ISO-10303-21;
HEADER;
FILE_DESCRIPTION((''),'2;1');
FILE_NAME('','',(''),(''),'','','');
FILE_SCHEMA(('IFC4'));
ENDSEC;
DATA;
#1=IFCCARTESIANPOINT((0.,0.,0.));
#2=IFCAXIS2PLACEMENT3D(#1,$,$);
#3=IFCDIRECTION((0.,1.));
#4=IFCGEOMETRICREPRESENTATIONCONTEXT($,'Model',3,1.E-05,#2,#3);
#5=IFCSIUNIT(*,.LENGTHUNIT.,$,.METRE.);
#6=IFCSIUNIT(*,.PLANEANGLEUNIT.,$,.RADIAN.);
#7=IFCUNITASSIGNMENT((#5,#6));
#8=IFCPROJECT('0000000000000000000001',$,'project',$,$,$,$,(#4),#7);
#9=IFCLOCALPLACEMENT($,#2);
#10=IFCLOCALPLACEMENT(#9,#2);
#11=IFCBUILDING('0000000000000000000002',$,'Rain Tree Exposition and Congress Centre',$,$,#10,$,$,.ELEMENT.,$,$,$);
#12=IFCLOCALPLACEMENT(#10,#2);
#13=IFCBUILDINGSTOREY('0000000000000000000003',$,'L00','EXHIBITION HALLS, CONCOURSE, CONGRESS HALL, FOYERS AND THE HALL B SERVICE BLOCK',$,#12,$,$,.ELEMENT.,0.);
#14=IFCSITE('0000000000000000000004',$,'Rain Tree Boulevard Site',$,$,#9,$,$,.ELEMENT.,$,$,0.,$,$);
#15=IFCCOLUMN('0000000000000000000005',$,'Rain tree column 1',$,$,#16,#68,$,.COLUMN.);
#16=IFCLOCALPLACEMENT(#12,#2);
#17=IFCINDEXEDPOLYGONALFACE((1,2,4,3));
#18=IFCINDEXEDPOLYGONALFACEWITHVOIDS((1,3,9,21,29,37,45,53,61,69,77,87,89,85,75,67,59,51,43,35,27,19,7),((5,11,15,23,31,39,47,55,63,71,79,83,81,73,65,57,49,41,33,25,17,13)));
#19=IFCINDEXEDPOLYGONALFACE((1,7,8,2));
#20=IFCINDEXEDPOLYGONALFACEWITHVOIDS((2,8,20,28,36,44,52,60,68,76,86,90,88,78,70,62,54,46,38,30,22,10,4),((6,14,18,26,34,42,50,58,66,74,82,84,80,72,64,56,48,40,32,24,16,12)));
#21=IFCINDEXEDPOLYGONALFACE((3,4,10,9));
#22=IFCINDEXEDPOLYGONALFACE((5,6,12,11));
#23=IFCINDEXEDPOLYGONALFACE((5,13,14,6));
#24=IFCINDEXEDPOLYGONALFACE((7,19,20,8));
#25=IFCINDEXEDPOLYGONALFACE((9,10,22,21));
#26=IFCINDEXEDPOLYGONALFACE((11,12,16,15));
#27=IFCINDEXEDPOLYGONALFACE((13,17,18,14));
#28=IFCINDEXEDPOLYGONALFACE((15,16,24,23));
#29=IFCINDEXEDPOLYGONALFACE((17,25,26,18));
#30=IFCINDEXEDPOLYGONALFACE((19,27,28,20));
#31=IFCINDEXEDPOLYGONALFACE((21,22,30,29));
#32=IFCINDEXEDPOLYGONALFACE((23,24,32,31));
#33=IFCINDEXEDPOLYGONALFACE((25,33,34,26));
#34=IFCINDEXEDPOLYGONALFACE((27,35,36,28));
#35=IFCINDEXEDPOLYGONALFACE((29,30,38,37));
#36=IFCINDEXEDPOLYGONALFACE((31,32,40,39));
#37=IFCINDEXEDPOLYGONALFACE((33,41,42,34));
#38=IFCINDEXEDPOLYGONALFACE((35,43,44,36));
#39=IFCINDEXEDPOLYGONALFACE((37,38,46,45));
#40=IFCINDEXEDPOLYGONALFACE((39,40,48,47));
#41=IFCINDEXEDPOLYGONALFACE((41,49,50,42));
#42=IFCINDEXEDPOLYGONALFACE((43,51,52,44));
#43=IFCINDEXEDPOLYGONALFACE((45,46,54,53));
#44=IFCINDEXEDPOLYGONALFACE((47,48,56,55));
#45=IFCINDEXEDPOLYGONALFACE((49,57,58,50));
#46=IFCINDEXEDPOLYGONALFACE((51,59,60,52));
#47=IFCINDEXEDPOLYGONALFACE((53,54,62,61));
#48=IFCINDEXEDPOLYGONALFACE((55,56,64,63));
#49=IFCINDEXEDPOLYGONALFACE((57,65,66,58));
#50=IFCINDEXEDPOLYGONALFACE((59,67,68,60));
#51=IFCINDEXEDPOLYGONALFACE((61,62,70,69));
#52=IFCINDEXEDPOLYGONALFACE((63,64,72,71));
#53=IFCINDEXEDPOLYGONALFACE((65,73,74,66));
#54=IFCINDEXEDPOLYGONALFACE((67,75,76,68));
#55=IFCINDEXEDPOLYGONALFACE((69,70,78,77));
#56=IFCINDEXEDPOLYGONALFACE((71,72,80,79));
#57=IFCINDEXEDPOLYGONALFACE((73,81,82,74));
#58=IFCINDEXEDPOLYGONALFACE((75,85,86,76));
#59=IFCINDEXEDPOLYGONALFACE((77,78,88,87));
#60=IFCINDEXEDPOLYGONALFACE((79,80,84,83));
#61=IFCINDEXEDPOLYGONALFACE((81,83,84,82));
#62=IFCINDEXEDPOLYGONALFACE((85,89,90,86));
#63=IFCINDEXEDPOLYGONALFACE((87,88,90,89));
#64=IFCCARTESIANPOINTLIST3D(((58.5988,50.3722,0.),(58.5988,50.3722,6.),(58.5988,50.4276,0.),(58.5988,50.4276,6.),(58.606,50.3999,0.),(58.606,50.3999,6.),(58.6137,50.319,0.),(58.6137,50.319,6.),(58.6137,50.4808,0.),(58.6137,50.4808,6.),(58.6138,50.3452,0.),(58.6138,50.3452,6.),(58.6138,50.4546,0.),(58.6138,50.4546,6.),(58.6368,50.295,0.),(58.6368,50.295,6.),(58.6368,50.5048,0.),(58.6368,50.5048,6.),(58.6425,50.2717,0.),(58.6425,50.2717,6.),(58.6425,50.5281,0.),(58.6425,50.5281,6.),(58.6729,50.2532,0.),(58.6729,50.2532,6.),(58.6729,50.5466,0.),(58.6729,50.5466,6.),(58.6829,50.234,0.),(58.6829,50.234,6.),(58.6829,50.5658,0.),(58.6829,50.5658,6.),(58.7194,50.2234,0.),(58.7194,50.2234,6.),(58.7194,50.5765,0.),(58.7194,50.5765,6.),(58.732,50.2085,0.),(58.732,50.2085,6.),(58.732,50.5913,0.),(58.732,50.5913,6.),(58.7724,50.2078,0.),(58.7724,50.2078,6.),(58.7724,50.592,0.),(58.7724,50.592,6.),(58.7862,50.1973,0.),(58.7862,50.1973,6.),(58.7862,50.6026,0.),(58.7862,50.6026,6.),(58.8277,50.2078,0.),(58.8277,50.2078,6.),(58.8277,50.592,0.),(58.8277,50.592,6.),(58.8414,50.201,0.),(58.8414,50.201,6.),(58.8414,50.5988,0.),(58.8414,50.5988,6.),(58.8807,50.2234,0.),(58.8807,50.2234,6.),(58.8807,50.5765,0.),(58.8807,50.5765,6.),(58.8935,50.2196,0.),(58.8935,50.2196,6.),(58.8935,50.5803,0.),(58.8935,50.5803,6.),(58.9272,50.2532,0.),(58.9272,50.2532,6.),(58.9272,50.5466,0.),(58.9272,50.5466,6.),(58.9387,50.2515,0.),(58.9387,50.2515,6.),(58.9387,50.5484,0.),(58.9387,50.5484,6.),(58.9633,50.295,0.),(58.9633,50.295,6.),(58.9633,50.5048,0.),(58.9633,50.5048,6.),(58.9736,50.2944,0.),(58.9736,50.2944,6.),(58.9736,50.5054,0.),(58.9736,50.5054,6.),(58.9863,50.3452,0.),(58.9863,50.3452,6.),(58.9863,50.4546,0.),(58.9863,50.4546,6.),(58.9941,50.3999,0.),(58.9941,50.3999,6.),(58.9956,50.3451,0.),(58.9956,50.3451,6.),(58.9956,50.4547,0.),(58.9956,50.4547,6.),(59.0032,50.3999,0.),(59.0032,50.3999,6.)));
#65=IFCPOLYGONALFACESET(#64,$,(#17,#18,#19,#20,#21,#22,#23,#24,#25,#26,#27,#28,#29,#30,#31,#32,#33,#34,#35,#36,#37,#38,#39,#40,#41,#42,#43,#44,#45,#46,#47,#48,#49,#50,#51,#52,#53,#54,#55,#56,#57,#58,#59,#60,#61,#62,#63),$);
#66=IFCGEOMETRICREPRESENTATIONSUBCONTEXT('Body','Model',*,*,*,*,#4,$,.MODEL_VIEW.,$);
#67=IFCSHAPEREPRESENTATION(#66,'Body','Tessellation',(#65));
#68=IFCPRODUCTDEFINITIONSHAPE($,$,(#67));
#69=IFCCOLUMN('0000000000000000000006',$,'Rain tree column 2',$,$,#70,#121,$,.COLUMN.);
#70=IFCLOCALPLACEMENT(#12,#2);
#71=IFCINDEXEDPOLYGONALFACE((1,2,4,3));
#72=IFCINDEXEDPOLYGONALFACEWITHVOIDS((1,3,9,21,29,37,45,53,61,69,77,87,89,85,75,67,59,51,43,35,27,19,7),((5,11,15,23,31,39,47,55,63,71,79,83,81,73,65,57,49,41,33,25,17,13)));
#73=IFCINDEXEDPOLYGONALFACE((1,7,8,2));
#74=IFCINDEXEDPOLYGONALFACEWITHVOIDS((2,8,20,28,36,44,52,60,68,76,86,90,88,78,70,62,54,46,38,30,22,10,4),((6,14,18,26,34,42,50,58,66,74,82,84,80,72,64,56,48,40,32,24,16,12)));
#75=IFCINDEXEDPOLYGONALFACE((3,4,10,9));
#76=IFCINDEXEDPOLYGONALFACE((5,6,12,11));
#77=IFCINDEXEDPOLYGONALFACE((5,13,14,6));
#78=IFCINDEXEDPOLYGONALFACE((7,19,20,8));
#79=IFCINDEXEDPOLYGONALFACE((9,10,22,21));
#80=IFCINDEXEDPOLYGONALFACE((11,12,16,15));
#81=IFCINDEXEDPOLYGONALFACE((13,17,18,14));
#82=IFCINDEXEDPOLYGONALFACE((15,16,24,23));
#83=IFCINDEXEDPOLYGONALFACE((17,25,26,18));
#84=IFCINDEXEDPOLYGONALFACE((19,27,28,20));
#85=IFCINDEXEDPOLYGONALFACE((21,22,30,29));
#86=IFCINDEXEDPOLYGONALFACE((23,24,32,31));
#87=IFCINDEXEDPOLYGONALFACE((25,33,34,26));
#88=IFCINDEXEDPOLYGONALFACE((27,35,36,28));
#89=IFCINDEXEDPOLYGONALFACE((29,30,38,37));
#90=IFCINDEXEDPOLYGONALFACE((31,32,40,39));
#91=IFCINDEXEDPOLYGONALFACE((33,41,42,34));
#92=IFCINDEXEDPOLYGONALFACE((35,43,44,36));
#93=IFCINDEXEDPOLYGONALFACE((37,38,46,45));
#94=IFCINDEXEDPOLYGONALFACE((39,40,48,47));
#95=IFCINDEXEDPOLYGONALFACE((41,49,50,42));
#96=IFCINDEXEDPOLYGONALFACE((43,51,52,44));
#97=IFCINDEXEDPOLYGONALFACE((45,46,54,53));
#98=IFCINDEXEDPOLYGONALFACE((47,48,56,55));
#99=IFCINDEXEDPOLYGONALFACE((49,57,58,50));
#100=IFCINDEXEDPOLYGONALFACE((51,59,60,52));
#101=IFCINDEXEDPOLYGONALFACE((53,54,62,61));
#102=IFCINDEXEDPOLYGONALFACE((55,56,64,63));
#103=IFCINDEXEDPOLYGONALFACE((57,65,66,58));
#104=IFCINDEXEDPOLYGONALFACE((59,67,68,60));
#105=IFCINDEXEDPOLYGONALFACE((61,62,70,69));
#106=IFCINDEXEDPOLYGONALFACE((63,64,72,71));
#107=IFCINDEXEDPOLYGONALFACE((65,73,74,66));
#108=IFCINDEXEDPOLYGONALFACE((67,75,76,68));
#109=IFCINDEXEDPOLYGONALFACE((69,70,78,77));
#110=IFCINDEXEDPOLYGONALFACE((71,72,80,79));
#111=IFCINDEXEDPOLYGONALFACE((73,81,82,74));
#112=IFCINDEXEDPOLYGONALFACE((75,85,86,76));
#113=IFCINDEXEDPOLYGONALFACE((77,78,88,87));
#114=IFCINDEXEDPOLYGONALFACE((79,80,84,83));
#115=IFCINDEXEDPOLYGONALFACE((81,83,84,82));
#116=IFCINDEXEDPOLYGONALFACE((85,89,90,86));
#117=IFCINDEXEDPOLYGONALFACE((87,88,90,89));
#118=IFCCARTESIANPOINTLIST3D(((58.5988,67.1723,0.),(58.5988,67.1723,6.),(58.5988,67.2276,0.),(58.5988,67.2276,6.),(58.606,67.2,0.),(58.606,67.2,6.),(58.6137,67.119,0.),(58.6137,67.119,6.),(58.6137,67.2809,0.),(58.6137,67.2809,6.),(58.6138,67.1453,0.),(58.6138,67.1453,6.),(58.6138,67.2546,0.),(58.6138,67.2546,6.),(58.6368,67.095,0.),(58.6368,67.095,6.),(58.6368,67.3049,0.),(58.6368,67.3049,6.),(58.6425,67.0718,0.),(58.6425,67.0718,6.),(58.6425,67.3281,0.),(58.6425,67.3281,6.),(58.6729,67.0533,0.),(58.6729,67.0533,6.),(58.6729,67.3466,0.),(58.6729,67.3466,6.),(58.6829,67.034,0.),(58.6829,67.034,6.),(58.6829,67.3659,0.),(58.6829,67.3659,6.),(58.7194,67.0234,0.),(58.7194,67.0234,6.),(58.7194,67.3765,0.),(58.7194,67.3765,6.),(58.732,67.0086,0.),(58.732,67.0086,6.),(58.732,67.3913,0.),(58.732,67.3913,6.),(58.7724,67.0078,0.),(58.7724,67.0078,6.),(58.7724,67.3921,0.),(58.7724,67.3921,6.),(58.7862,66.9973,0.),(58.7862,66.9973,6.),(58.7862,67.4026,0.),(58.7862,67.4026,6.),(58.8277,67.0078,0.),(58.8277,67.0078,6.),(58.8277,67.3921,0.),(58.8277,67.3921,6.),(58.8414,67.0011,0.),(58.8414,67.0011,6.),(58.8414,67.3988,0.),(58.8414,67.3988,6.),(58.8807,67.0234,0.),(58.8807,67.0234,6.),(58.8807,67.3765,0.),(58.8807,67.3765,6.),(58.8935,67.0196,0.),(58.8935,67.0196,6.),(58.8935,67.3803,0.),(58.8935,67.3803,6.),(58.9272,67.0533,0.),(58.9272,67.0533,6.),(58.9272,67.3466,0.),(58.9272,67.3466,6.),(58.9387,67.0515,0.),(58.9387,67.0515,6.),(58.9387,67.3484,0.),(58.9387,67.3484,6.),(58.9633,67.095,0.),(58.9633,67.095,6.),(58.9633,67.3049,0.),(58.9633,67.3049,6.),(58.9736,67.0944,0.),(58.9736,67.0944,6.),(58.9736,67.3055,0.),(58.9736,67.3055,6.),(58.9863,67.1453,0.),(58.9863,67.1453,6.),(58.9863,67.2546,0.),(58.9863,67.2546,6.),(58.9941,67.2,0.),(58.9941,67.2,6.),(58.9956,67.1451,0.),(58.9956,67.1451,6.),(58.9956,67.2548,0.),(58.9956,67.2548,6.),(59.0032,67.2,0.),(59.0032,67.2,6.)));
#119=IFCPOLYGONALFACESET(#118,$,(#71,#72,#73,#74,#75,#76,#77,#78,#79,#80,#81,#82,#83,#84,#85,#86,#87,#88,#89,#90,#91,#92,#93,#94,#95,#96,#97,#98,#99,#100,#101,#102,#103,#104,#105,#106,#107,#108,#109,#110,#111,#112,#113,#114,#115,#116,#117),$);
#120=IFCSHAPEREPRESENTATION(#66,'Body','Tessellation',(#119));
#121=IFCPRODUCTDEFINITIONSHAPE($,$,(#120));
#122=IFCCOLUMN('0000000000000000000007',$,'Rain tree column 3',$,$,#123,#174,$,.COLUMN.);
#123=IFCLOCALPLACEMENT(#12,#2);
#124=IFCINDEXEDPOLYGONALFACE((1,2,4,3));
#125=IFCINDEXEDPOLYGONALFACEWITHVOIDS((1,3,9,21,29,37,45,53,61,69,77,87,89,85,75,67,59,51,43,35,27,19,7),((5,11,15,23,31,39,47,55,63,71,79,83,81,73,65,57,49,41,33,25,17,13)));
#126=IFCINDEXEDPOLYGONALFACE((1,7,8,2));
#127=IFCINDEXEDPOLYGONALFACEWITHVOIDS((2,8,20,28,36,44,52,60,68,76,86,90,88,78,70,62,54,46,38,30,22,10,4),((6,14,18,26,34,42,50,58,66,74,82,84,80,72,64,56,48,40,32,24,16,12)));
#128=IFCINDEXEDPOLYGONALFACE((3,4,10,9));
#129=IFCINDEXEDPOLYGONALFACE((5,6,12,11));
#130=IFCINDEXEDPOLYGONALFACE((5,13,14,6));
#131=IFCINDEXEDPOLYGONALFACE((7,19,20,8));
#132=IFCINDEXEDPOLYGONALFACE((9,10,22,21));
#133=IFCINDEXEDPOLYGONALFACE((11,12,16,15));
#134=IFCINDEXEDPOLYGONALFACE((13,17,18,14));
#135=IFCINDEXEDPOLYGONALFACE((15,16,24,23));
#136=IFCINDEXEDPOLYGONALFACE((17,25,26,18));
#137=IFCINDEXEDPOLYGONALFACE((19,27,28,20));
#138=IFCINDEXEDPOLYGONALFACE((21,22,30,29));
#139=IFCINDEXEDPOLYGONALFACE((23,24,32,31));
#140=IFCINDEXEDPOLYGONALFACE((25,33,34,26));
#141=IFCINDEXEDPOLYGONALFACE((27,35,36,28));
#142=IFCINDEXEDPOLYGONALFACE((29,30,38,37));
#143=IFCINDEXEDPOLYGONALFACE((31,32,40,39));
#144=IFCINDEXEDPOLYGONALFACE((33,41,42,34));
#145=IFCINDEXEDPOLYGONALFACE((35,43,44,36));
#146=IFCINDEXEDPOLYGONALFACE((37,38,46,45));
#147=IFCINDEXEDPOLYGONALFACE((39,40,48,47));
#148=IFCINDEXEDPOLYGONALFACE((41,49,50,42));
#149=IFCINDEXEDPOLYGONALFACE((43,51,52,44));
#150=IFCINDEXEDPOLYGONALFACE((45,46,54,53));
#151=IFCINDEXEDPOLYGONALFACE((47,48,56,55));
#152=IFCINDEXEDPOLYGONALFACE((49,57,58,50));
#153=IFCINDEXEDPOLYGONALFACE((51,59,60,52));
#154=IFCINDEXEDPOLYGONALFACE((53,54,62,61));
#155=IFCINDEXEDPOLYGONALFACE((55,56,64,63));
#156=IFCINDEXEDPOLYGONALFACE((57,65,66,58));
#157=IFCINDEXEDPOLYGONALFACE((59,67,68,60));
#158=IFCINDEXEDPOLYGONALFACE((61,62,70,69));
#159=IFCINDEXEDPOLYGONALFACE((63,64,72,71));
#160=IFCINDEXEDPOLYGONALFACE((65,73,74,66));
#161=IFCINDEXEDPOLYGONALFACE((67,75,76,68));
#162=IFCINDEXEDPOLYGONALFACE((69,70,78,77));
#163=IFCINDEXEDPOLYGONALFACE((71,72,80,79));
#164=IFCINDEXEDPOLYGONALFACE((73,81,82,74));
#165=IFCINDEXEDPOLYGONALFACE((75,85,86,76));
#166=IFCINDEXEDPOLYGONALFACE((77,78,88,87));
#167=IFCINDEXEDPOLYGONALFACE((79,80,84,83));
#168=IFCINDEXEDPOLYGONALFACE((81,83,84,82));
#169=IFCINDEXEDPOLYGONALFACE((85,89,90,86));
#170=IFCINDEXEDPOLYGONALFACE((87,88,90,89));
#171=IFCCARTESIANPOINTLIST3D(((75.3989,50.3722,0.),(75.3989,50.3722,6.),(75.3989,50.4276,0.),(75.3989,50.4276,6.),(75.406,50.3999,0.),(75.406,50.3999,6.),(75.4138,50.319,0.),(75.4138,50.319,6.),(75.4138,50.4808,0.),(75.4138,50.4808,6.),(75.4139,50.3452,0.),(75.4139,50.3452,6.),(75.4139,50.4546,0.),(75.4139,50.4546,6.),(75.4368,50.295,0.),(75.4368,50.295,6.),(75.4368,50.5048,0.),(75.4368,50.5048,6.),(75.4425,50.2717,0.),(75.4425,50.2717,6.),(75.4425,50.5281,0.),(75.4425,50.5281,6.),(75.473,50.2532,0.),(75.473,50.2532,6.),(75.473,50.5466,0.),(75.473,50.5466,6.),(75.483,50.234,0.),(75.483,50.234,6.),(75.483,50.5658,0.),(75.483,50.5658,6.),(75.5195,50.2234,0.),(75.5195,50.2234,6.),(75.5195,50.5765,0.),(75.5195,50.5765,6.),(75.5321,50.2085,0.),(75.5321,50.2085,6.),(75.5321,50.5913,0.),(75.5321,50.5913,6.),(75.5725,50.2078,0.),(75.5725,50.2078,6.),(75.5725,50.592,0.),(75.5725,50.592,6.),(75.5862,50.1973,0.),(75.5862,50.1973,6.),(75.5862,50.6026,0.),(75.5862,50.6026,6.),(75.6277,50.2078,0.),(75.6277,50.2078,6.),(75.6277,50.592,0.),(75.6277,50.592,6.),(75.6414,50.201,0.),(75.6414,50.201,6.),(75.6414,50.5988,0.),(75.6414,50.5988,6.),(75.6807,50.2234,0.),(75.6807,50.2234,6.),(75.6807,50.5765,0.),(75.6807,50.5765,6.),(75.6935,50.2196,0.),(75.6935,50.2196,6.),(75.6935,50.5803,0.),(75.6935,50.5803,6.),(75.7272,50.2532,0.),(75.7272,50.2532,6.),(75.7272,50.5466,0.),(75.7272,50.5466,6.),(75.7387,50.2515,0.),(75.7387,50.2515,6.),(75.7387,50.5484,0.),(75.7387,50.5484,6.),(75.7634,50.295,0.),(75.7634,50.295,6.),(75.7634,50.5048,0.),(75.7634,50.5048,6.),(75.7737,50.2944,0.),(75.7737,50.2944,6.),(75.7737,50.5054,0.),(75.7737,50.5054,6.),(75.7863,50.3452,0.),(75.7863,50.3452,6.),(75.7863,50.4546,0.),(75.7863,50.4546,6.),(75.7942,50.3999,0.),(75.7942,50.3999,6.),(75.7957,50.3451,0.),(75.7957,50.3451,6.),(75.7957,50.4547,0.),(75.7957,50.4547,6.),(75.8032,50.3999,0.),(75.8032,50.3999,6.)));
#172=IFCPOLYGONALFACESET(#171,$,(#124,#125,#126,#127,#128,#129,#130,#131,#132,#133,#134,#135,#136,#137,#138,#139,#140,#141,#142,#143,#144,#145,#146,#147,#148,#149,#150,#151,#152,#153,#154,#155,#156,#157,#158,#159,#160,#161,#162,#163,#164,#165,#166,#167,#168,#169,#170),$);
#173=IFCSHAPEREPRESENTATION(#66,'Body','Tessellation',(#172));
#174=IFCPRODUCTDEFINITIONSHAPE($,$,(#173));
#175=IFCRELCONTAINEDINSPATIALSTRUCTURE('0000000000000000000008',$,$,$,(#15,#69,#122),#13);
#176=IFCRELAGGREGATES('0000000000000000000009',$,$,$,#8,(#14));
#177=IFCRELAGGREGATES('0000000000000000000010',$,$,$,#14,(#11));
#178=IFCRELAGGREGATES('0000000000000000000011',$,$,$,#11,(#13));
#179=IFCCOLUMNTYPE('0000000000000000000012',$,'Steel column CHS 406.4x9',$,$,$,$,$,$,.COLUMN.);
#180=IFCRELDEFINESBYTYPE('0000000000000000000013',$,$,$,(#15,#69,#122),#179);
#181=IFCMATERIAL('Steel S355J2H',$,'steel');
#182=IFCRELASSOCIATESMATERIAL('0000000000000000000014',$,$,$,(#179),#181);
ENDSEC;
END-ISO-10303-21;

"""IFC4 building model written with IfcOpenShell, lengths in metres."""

from ifc_helpers import new_model, si_unit, direction, frame, origin, origin_2d, place, context, subcontext, project, spatial, hollow_circle, extrude, material, material_profile, profile_set, type_object, element, save


model = new_model("IFC4")

# Units and contexts
model_context = context("Model", 3, precision=1e-05, world=origin(), true_north=direction((0.0, 1.0)))
body_context = subcontext(model_context, "Body", "Model", "MODEL_VIEW")
ifc_project = project(units=[si_unit("LENGTHUNIT", "METRE"), si_unit("PLANEANGLEUNIT", "RADIAN")], contexts=[model_context])

# Site, building, storey
site_placement = place(None, origin())
site = spatial("IfcSite", under=ifc_project, at=site_placement, Name="Rain Tree Boulevard Site", CompositionType="ELEMENT", RefElevation=0.0)
building_placement = place(site_placement, origin())
building = spatial("IfcBuilding", under=site, at=building_placement, Name="Rain Tree Exposition and Congress Centre", CompositionType="ELEMENT")
storey_placement = place(building_placement, origin())
storey = spatial("IfcBuildingStorey", under=building, at=storey_placement, Name="L00", Description="EXHIBITION HALLS, CONCOURSE, CONGRESS HALL, FOYERS AND THE HALL B SERVICE BLOCK", CompositionType="ELEMENT", Elevation=0.0)

# Columns
ifc_material_1 = material(Name="Steel S355J2H", Category="steel")
ifc_material_profile_1 = material_profile(ifc_material_1, hollow_circle(Radius=0.2031, WallThickness=0.009, at=origin_2d()), Name="CHS 406.4x9")
ifc_profile_set_1 = profile_set([ifc_material_profile_1], Name="Steel S355J2H")
column_type = type_object("IfcColumnType", Name="Steel column CHS 406.4x9", PredefinedType="COLUMN", material=ifc_profile_set_1)
for number, where, z_axis, x_axis, name in (
    (1, (58.8, 50.3999, 0.0), (0.0, 0.0, 1.0), (1.0, 0.0, 0.0), "Rain tree column 1"),
    (2, (58.8, 67.2, 0.0), (0.0, 0.0, 1.0), (1.0, 0.0, 0.0), "Rain tree column 2"),
    (3, (75.6001, 50.3999, 0.0), (0.0, 0.0, 1.0), (1.0, 0.0, 0.0), "Rain tree column 3"),
):
    element("IfcColumn", number, at=place(storey_placement, frame(where, z_axis=z_axis, x_axis=x_axis)), inside=storey, type_object=column_type, Name=name, PredefinedType="COLUMN", context=body_context, shape_type="SweptSolid", body=[
        extrude(hollow_circle(Radius=0.2031, WallThickness=0.009, at=origin_2d()), origin(), (0.0, 0.0, 1.0), 6.0),
    ])

save(model, "model.ifc")
